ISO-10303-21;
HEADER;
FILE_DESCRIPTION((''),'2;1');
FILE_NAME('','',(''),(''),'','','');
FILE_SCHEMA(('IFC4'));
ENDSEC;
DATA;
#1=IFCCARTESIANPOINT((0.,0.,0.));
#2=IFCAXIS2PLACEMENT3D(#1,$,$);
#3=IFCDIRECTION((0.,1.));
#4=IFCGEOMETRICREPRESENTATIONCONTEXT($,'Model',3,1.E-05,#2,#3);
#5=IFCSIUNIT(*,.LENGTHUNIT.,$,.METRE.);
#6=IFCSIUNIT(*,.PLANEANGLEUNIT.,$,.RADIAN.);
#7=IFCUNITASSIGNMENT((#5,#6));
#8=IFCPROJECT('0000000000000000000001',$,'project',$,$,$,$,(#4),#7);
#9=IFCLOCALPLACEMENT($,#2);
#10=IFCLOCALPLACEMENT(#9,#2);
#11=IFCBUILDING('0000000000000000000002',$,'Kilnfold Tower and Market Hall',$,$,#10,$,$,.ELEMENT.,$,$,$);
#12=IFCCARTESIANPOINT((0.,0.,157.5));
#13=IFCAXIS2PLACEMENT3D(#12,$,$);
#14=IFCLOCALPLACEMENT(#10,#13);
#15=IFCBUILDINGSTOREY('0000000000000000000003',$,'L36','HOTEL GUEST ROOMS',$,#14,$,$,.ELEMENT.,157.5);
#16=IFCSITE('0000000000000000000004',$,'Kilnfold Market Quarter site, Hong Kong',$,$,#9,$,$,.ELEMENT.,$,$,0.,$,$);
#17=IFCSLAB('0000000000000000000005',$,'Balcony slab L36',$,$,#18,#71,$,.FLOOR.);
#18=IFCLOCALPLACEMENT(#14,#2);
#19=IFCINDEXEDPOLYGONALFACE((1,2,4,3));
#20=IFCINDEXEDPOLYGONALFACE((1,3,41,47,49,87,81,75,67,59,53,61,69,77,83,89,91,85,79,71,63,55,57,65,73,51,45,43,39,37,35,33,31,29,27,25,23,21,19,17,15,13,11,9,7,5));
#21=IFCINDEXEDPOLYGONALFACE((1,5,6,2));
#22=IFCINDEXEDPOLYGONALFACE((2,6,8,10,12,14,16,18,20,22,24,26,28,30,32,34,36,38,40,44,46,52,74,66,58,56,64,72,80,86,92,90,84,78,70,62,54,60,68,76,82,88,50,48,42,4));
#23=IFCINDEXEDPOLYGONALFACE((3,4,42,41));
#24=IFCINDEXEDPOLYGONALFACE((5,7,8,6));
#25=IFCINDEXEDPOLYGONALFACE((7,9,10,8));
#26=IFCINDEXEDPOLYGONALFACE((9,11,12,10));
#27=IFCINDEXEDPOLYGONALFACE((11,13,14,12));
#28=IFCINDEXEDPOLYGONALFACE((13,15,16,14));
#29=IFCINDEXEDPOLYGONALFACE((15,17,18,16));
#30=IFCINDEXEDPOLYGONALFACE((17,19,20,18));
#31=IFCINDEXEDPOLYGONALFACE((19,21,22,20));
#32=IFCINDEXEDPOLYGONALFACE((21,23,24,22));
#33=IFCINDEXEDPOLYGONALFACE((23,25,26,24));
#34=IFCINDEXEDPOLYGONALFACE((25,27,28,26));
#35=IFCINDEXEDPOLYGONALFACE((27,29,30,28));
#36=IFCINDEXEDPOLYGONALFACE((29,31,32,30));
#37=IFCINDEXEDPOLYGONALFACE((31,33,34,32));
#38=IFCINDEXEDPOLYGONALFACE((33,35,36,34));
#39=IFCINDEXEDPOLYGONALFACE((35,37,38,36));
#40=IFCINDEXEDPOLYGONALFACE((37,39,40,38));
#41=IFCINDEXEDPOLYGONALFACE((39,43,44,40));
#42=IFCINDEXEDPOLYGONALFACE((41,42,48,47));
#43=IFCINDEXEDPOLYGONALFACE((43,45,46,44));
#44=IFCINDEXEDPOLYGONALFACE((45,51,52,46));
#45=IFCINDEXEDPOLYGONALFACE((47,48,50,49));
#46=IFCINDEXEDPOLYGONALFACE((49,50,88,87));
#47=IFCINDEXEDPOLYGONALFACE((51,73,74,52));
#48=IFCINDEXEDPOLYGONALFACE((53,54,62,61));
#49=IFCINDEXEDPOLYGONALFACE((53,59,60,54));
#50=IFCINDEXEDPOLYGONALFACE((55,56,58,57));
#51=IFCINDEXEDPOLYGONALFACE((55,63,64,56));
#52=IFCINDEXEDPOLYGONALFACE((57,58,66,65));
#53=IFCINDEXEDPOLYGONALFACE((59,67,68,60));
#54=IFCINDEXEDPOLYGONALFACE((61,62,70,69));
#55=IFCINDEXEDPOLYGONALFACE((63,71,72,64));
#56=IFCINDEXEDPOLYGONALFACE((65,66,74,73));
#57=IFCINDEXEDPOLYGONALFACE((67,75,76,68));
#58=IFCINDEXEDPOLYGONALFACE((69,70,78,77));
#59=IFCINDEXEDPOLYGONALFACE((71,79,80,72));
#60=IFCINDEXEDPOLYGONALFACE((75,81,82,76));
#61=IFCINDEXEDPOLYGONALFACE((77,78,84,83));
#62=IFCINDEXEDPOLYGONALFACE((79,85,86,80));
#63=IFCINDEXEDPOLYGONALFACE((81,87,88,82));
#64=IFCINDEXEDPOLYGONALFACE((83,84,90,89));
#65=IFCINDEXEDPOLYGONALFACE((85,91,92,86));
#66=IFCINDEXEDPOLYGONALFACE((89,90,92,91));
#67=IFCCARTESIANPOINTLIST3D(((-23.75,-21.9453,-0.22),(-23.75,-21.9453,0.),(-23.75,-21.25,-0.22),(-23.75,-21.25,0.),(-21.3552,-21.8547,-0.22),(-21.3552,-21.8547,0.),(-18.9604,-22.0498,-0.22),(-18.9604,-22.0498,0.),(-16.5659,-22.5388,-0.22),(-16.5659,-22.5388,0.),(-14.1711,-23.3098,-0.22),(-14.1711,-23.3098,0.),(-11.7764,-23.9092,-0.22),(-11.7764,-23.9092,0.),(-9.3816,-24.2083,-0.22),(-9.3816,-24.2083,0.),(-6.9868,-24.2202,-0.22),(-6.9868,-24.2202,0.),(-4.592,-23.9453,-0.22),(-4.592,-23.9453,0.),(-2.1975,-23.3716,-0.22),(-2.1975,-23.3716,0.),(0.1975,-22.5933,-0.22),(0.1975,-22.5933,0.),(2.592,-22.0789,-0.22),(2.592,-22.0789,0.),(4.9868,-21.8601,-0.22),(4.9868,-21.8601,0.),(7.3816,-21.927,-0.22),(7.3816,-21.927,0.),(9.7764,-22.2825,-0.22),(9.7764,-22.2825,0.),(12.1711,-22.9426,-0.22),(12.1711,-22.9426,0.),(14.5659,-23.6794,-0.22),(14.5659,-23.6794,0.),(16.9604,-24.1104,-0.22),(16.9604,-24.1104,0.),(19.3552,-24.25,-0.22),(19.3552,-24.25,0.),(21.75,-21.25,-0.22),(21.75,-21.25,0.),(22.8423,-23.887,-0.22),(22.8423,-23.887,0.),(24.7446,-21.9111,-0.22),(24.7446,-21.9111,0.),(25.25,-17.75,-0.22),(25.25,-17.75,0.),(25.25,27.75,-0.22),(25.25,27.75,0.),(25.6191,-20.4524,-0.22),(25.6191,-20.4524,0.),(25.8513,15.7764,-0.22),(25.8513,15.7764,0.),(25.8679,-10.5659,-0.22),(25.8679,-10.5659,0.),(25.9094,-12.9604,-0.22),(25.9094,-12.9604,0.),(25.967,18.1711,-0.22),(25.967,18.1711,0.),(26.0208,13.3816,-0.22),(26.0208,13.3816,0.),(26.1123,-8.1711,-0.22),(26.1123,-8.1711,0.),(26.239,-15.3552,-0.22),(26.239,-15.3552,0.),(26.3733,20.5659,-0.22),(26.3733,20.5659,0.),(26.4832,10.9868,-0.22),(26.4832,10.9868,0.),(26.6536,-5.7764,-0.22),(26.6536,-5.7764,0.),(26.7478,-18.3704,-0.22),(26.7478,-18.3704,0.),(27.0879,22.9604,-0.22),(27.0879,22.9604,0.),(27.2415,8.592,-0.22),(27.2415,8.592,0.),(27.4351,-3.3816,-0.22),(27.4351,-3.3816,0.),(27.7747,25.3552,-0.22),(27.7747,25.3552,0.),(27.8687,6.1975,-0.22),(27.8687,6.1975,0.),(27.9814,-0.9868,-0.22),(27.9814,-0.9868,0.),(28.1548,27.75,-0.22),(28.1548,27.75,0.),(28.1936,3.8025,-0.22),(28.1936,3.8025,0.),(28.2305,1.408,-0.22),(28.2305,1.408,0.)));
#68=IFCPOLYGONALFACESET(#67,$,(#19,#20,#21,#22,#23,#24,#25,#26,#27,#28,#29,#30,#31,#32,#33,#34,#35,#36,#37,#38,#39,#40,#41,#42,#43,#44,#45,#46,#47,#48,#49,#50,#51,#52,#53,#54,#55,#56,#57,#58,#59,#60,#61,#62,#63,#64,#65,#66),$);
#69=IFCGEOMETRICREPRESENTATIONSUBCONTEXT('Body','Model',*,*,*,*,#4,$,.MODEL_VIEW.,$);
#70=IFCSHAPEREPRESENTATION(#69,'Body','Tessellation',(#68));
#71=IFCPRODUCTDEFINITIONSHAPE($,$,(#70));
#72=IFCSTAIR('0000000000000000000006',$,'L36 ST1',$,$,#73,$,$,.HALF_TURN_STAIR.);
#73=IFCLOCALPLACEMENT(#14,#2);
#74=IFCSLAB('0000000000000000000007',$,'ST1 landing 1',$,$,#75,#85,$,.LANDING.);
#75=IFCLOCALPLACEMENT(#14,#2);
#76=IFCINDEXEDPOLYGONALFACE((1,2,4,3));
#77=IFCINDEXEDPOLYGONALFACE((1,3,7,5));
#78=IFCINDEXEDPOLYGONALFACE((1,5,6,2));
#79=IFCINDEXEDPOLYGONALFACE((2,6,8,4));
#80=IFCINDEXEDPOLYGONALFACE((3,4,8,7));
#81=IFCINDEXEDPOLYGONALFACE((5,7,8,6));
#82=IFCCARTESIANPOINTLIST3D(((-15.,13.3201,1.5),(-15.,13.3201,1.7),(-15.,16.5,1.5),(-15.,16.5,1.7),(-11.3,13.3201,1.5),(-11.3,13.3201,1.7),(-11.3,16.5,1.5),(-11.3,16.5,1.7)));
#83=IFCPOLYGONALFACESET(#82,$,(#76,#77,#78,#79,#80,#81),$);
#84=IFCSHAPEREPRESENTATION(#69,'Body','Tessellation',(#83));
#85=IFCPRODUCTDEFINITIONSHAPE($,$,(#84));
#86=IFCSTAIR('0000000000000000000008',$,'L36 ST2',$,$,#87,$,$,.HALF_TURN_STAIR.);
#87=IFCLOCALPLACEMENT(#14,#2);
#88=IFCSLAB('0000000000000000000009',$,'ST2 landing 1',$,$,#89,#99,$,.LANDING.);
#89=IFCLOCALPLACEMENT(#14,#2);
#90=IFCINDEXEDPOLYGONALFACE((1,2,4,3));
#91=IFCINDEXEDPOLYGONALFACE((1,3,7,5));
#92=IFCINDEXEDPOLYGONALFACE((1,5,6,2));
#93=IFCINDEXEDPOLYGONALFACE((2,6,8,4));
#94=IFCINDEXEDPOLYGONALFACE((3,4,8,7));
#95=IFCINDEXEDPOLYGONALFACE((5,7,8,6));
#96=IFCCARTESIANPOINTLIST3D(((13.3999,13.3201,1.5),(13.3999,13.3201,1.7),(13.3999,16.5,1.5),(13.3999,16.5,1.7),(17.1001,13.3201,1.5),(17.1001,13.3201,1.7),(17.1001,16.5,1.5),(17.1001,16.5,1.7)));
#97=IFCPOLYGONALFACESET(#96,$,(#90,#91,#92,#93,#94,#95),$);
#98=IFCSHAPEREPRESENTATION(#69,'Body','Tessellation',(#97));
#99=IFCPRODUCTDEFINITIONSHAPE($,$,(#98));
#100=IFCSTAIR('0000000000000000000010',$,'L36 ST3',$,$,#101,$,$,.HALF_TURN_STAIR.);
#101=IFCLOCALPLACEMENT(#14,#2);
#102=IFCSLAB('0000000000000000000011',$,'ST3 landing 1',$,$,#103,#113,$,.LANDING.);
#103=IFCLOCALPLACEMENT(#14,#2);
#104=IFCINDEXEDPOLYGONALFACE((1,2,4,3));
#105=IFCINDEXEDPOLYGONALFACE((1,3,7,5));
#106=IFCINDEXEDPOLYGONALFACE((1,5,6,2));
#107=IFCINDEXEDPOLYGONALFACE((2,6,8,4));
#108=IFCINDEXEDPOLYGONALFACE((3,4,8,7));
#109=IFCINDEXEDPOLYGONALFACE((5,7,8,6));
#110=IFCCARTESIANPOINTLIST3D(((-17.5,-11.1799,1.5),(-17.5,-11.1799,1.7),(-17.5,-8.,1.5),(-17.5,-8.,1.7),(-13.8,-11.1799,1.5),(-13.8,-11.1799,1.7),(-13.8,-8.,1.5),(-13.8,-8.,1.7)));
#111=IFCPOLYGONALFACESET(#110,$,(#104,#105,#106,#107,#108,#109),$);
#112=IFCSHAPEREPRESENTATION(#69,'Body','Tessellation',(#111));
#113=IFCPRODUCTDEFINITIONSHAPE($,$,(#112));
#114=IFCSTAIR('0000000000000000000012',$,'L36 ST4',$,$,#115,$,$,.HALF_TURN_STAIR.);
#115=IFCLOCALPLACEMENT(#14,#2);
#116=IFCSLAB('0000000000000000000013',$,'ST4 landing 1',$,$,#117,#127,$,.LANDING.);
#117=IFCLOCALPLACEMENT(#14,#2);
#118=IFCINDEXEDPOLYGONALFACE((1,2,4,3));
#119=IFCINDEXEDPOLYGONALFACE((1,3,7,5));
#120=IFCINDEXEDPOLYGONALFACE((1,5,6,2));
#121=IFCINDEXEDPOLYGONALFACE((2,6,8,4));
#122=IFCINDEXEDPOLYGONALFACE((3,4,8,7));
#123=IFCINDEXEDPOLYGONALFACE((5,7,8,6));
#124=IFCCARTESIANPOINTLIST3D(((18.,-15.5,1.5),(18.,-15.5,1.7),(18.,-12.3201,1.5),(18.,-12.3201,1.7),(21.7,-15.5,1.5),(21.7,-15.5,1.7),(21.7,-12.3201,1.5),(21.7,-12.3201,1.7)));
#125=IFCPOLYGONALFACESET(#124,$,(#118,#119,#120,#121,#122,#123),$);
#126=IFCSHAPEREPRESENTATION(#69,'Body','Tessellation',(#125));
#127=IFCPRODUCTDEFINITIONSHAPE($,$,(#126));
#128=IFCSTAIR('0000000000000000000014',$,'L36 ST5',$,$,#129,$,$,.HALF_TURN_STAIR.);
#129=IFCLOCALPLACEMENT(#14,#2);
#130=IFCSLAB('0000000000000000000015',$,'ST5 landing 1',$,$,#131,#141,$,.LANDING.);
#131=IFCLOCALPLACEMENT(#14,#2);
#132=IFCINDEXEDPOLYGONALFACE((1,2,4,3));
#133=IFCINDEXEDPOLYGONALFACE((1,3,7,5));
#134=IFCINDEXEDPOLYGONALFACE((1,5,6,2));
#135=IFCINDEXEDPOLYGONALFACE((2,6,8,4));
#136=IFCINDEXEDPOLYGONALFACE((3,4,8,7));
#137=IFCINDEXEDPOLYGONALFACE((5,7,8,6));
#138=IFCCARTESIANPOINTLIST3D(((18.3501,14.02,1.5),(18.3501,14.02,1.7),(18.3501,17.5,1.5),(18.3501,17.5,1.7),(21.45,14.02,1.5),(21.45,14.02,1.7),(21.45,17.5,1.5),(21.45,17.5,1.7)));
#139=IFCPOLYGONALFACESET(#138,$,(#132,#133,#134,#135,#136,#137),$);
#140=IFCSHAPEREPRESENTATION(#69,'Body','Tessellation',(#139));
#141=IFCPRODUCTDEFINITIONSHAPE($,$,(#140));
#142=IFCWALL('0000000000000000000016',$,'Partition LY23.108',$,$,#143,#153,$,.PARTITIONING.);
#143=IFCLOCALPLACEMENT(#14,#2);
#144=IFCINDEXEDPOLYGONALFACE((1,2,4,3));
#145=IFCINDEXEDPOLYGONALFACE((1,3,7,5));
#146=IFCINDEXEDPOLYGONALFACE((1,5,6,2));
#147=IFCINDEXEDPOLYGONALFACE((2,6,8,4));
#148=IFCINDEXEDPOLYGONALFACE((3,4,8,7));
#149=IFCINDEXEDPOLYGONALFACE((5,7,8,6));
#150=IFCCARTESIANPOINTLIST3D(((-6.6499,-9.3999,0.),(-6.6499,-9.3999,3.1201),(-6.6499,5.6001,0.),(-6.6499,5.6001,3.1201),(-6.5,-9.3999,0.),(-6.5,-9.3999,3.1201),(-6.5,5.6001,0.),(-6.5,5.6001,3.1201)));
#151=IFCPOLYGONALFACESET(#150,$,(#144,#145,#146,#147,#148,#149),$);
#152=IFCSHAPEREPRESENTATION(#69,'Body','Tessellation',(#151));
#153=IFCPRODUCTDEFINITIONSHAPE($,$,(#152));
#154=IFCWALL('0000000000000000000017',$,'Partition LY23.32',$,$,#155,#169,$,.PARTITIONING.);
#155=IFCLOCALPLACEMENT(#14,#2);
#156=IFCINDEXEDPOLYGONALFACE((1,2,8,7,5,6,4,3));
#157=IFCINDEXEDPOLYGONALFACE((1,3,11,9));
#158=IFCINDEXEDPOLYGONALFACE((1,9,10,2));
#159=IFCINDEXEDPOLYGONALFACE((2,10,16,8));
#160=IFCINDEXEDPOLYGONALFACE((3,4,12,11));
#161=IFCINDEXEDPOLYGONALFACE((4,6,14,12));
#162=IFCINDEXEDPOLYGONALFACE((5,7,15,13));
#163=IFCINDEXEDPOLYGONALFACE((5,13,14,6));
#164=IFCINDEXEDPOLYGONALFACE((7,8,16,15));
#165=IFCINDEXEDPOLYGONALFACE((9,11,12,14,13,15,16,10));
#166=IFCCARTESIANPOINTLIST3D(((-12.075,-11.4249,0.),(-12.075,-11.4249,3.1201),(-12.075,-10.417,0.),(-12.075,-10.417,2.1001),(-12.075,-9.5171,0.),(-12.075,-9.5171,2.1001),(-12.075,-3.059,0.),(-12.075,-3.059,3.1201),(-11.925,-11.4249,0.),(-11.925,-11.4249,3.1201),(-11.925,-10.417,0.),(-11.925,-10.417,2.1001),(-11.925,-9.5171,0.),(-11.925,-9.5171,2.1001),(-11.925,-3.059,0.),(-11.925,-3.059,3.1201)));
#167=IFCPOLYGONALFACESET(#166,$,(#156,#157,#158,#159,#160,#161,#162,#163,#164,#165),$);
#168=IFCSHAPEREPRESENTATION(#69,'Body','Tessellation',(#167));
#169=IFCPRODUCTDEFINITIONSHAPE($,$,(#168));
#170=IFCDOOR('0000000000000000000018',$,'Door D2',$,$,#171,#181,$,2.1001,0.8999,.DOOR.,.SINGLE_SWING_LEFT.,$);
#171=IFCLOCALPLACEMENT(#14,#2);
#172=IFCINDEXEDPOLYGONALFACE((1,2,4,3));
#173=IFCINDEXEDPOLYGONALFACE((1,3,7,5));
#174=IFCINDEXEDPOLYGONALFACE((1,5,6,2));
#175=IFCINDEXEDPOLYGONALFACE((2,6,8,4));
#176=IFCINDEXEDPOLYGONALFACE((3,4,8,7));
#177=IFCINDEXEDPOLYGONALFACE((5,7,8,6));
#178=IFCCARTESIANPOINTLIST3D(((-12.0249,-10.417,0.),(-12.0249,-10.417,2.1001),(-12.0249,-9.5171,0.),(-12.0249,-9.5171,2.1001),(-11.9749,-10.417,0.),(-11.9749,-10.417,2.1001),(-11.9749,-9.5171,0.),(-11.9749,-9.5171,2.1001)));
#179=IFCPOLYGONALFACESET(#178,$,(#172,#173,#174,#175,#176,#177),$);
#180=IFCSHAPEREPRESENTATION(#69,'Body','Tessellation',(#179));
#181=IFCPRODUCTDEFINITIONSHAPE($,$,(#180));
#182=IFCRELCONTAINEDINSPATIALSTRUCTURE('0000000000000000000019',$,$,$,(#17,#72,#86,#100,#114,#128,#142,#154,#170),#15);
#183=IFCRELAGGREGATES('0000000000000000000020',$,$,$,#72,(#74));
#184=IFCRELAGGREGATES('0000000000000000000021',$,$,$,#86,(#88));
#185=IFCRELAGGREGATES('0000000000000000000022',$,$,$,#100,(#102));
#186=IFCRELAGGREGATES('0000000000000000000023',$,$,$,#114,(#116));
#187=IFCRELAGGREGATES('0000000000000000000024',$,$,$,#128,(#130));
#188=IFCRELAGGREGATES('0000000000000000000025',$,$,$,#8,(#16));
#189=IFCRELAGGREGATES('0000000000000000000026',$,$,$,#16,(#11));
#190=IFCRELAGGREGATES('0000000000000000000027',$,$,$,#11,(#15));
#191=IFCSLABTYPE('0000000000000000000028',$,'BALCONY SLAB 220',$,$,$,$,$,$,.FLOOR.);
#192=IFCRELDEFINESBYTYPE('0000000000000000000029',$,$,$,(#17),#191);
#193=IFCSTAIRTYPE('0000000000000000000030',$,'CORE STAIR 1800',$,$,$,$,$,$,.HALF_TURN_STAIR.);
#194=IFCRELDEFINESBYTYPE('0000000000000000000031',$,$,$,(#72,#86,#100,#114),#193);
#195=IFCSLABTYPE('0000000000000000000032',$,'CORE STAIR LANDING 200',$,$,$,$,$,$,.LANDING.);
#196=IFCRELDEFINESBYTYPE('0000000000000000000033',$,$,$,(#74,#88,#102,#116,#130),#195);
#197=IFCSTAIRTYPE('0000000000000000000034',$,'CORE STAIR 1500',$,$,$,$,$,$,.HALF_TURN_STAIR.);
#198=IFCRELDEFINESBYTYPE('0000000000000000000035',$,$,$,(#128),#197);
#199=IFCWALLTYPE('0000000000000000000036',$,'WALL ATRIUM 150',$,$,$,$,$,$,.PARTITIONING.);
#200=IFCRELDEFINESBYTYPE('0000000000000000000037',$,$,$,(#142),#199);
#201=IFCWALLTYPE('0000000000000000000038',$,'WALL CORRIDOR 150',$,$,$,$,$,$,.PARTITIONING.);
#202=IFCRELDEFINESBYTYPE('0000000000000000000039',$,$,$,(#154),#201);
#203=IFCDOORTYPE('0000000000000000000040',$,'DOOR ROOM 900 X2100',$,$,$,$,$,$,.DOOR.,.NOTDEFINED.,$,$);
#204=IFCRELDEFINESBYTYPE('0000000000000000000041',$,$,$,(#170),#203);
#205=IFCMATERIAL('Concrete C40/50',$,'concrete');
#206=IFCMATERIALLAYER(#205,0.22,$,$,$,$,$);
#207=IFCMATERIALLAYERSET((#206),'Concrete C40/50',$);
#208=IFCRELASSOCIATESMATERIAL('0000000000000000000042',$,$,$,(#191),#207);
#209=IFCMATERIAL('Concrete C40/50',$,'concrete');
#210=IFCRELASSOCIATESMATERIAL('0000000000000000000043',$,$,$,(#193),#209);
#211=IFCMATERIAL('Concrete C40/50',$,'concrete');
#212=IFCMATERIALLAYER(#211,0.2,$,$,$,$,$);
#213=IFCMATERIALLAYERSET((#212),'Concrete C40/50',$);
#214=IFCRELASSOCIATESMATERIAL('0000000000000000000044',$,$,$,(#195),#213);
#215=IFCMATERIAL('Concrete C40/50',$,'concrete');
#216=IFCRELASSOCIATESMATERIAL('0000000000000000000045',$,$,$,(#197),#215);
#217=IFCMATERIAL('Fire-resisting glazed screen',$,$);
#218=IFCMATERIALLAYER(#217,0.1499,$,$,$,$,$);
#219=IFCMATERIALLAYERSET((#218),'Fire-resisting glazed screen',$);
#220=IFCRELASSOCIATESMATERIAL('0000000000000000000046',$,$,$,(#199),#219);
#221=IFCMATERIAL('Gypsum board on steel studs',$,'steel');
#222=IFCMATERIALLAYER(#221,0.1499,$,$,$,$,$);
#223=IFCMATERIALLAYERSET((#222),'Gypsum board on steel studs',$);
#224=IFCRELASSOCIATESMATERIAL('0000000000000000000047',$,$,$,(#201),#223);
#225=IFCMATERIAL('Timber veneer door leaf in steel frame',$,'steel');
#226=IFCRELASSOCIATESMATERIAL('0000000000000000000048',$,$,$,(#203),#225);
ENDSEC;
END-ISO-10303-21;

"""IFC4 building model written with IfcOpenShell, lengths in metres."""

from ifc_helpers import new_model, si_unit, direction, frame, frame_2d, origin, place, context, subcontext, project, spatial, polyline, rectangle, outline, extrude, source, transform, mapped, material, layer, layer_set, type_object, element, fill, aggregate, save


model = new_model("IFC4")

# Units and contexts
model_context = context("Model", 3, precision=1e-05, world=origin(), true_north=direction((0.0, 1.0)))
body_context = subcontext(model_context, "Body", "Model", "MODEL_VIEW")
ifc_project = project(units=[si_unit("LENGTHUNIT", "METRE"), si_unit("PLANEANGLEUNIT", "RADIAN")], contexts=[model_context])

# Site, building, storey
site_placement = place(None, origin())
site = spatial("IfcSite", under=ifc_project, at=site_placement, Name="Kilnfold Market Quarter site, Hong Kong", CompositionType="ELEMENT", RefElevation=0.0)
building_placement = place(site_placement, origin())
building = spatial("IfcBuilding", under=site, at=building_placement, Name="Kilnfold Tower and Market Hall", CompositionType="ELEMENT")
storey_placement = place(building_placement, frame((0.0, 0.0, 157.5)))
storey = spatial("IfcBuildingStorey", under=building, at=storey_placement, Name="L36", Description="HOTEL GUEST ROOMS", CompositionType="ELEMENT", Elevation=157.5)

# Slab
ifc_material_1 = material(Name="Concrete C40/50", Category="concrete")
ifc_layer_1 = layer(ifc_material_1, 0.22)
ifc_layer_set_1 = layer_set([ifc_layer_1], Name="Concrete C40/50")
slab_type_1 = type_object("IfcSlabType", Name="BALCONY SLAB 220", PredefinedType="FLOOR", material=ifc_layer_set_1)
shared_shape_1 = source(origin(), body_context, "Body", "SweptSolid", [
    extrude(outline(polyline([(-23.75, -21.25), (21.75, -21.25), (25.25, -17.75), (25.25, 27.75), (28.1548, 27.75), (27.7747, 25.3552), (27.0879, 22.9604), (26.3733, 20.5659), (25.967, 18.1711), (25.8513, 15.7764), (26.0208, 13.3816), (26.4832, 10.9868), (27.2415, 8.592), (27.8687, 6.1975), (28.1936, 3.8025), (28.2305, 1.408), (27.9814, -0.9868), (27.4351, -3.3816), (26.6536, -5.7764), (26.1123, -8.1711), (25.8679, -10.5659), (25.9094, -12.9604), (26.239, -15.3552), (26.7478, -18.3704), (25.6191, -20.4524), (24.7446, -21.9111), (22.8423, -23.887), (19.3552, -24.25), (16.9604, -24.1104), (14.5659, -23.6794), (12.1711, -22.9426), (9.7764, -22.2825), (7.3816, -21.927), (4.9868, -21.8601), (2.592, -22.0789), (0.1975, -22.5933), (-2.1975, -23.3716), (-4.592, -23.9453), (-6.9868, -24.2202), (-9.3816, -24.2083), (-11.7764, -23.9092), (-14.1711, -23.3098), (-16.5659, -22.5388), (-18.9604, -22.0498), (-21.3552, -21.8547), (-23.75, -21.9453), (-23.75, -21.25)])), origin(), (0.0, 0.0, 1.0), 0.22),
])
slab_1_placement = place(storey_placement, frame((0.0, 0.0, -0.22)))
element("IfcSlab", 1, at=slab_1_placement, inside=storey, type_object=slab_type_1, Name="Balcony slab L36", PredefinedType="FLOOR", context=body_context, shape_type="MappedRepresentation", body=[
    mapped(shared_shape_1, transform((0.0, 0.0, 0.0))),
])

# Stairs, slabs
ifc_material_2 = material(Name="Concrete C40/50", Category="concrete")
stair_type_1 = type_object("IfcStairType", Name="CORE STAIR 1800", PredefinedType="HALF_TURN_STAIR", material=ifc_material_2)
stair_1_placement = place(storey_placement, origin())
stair_1 = element("IfcStair", 2, at=stair_1_placement, inside=storey, type_object=stair_type_1, Name="L36 ST1", PredefinedType="HALF_TURN_STAIR")
ifc_material_3 = material(Name="Concrete C40/50", Category="concrete")
ifc_layer_2 = layer(ifc_material_3, 0.2)
ifc_layer_set_2 = layer_set([ifc_layer_2], Name="Concrete C40/50")
slab_type_2 = type_object("IfcSlabType", Name="CORE STAIR LANDING 200", PredefinedType="LANDING", material=ifc_layer_set_2)
shared_shape_2 = source(origin(), body_context, "Body", "SweptSolid", [
    extrude(outline(polyline([(-11.3, 13.3201), (-11.3, 16.5), (-15.0, 16.5), (-15.0, 13.3201), (-11.3, 13.3201)])), origin(), (0.0, 0.0, 1.0), 0.2),
])
slab_2_placement = place(storey_placement, frame((0.0, 0.0, 1.5)))
slab_2 = element("IfcSlab", 3, at=slab_2_placement, type_object=slab_type_2, Name="ST1 landing 1", PredefinedType="LANDING", context=body_context, shape_type="MappedRepresentation", body=[
    mapped(shared_shape_2, transform((0.0, 0.0, 0.0))),
])
aggregate(stair_1, [slab_2])
stair_2_placement = place(storey_placement, origin())
stair_2 = element("IfcStair", 4, at=stair_2_placement, inside=storey, type_object=stair_type_1, Name="L36 ST2", PredefinedType="HALF_TURN_STAIR")
shared_shape_3 = source(origin(), body_context, "Body", "SweptSolid", [
    extrude(outline(polyline([(17.1001, 13.3201), (17.1001, 16.5), (13.3999, 16.5), (13.3999, 13.3201), (17.1001, 13.3201)])), origin(), (0.0, 0.0, 1.0), 0.2),
])
slab_3_placement = place(storey_placement, frame((0.0, 0.0, 1.5)))
slab_3 = element("IfcSlab", 5, at=slab_3_placement, type_object=slab_type_2, Name="ST2 landing 1", PredefinedType="LANDING", context=body_context, shape_type="MappedRepresentation", body=[
    mapped(shared_shape_3, transform((0.0, 0.0, 0.0))),
])
aggregate(stair_2, [slab_3])
stair_3_placement = place(storey_placement, origin())
stair_3 = element("IfcStair", 6, at=stair_3_placement, inside=storey, type_object=stair_type_1, Name="L36 ST3", PredefinedType="HALF_TURN_STAIR")
shared_shape_4 = source(origin(), body_context, "Body", "SweptSolid", [
    extrude(outline(polyline([(-13.8, -11.1799), (-13.8, -8.0), (-17.5, -8.0), (-17.5, -11.1799), (-13.8, -11.1799)])), origin(), (0.0, 0.0, 1.0), 0.2),
])
slab_4_placement = place(storey_placement, frame((0.0, 0.0, 1.5)))
slab_4 = element("IfcSlab", 7, at=slab_4_placement, type_object=slab_type_2, Name="ST3 landing 1", PredefinedType="LANDING", context=body_context, shape_type="MappedRepresentation", body=[
    mapped(shared_shape_4, transform((0.0, 0.0, 0.0))),
])
aggregate(stair_3, [slab_4])
stair_4_placement = place(storey_placement, origin())
stair_4 = element("IfcStair", 8, at=stair_4_placement, inside=storey, type_object=stair_type_1, Name="L36 ST4", PredefinedType="HALF_TURN_STAIR")
shared_shape_5 = source(origin(), body_context, "Body", "SweptSolid", [
    extrude(outline(polyline([(18.0, -12.3201), (18.0, -15.5), (21.7, -15.5), (21.7, -12.3201), (18.0, -12.3201)])), origin(), (0.0, 0.0, 1.0), 0.2),
])
slab_5_placement = place(storey_placement, frame((0.0, 0.0, 1.5)))
slab_5 = element("IfcSlab", 9, at=slab_5_placement, type_object=slab_type_2, Name="ST4 landing 1", PredefinedType="LANDING", context=body_context, shape_type="MappedRepresentation", body=[
    mapped(shared_shape_5, transform((0.0, 0.0, 0.0))),
])
aggregate(stair_4, [slab_5])
ifc_material_4 = material(Name="Concrete C40/50", Category="concrete")
stair_type_2 = type_object("IfcStairType", Name="CORE STAIR 1500", PredefinedType="HALF_TURN_STAIR", material=ifc_material_4)
stair_5_placement = place(storey_placement, origin())
stair_5 = element("IfcStair", 10, at=stair_5_placement, inside=storey, type_object=stair_type_2, Name="L36 ST5", PredefinedType="HALF_TURN_STAIR")
shared_shape_6 = source(origin(), body_context, "Body", "SweptSolid", [
    extrude(outline(polyline([(21.45, 14.02), (21.45, 17.5), (18.3501, 17.5), (18.3501, 14.02), (21.45, 14.02)])), origin(), (0.0, 0.0, 1.0), 0.2),
])
slab_6_placement = place(storey_placement, frame((0.0, 0.0, 1.5)))
slab_6 = element("IfcSlab", 11, at=slab_6_placement, type_object=slab_type_2, Name="ST5 landing 1", PredefinedType="LANDING", context=body_context, shape_type="MappedRepresentation", body=[
    mapped(shared_shape_6, transform((0.0, 0.0, 0.0))),
])
aggregate(stair_5, [slab_6])

# Wall
ifc_material_5 = material(Name="Fire-resisting glazed screen")
ifc_layer_3 = layer(ifc_material_5, 0.1499)
ifc_layer_set_3 = layer_set([ifc_layer_3], Name="Fire-resisting glazed screen")
wall_type_1 = type_object("IfcWallType", Name="WALL ATRIUM 150", PredefinedType="PARTITIONING", material=ifc_layer_set_3)
wall_1_placement = place(storey_placement, frame((-6.575, -9.3999, 0.0), z_axis=(0.0, 0.0, 1.0), x_axis=(0.0, 1.0, 0.0)))
element("IfcWall", 12, at=wall_1_placement, inside=storey, type_object=wall_type_1, Name="Partition LY23.108", PredefinedType="PARTITIONING", context=body_context, shape_type="SweptSolid", body=[
    extrude(rectangle(XDim=15.0, YDim=0.1499, at=frame_2d((7.5, 0.0))), origin(), (0.0, 0.0, 1.0), 3.1201),
])

# Wall, opening, door
ifc_material_6 = material(Name="Gypsum board on steel studs", Category="steel")
ifc_layer_4 = layer(ifc_material_6, 0.1499)
ifc_layer_set_4 = layer_set([ifc_layer_4], Name="Gypsum board on steel studs")
wall_type_2 = type_object("IfcWallType", Name="WALL CORRIDOR 150", PredefinedType="PARTITIONING", material=ifc_layer_set_4)
wall_2_placement = place(storey_placement, frame((-12.0, -11.425, 0.0), z_axis=(0.0, 0.0, 1.0), x_axis=(0.0, 1.0, 0.0)))
wall_2 = element("IfcWall", 13, at=wall_2_placement, inside=storey, type_object=wall_type_2, Name="Partition LY23.32", PredefinedType="PARTITIONING", context=body_context, shape_type="SweptSolid", body=[
    extrude(rectangle(XDim=8.366, YDim=0.1499, at=frame_2d((4.1831, 0.0))), origin(), (0.0, 0.0, 1.0), 3.1201),
])
opening_1_placement = place(wall_2_placement, frame((1.0081, 0.0, 0.0)))
opening_1 = element("IfcOpeningElement", 14, at=opening_1_placement, cuts=wall_2, PredefinedType="OPENING", context=body_context, shape_type="SweptSolid", body=[
    extrude(rectangle(XDim=0.8999, YDim=2.1001, at=frame_2d((0.45, 1.05))), frame((0.0, 0.085, 0.0), z_axis=(0.0, -1.0, 0.0), x_axis=(1.0, 0.0, 0.0)), (0.0, 0.0, 1.0), 0.1699),
])
ifc_material_7 = material(Name="Timber veneer door leaf in steel frame", Category="steel")
door_type = type_object("IfcDoorType", Name="DOOR ROOM 900 X2100", OperationType="NOTDEFINED", PredefinedType="DOOR", material=ifc_material_7)
door_1_placement = place(opening_1_placement, origin())
door_1 = element("IfcDoor", 15, at=door_1_placement, inside=storey, type_object=door_type, Name="Door D2", OperationType="SINGLE_SWING_LEFT", OverallHeight=2.1001, OverallWidth=0.8999, PredefinedType="DOOR", context=body_context, shape_type="SweptSolid", body=[
    extrude(rectangle(XDim=0.8999, YDim=2.1001, at=frame_2d((0.45, 1.05))), frame((0.0, 0.0249, 0.0), z_axis=(0.0, -1.0, 0.0), x_axis=(1.0, 0.0, 0.0)), (0.0, 0.0, 1.0), 0.05),
])
fill(opening_1, door_1)

save(model, "model.ifc")
